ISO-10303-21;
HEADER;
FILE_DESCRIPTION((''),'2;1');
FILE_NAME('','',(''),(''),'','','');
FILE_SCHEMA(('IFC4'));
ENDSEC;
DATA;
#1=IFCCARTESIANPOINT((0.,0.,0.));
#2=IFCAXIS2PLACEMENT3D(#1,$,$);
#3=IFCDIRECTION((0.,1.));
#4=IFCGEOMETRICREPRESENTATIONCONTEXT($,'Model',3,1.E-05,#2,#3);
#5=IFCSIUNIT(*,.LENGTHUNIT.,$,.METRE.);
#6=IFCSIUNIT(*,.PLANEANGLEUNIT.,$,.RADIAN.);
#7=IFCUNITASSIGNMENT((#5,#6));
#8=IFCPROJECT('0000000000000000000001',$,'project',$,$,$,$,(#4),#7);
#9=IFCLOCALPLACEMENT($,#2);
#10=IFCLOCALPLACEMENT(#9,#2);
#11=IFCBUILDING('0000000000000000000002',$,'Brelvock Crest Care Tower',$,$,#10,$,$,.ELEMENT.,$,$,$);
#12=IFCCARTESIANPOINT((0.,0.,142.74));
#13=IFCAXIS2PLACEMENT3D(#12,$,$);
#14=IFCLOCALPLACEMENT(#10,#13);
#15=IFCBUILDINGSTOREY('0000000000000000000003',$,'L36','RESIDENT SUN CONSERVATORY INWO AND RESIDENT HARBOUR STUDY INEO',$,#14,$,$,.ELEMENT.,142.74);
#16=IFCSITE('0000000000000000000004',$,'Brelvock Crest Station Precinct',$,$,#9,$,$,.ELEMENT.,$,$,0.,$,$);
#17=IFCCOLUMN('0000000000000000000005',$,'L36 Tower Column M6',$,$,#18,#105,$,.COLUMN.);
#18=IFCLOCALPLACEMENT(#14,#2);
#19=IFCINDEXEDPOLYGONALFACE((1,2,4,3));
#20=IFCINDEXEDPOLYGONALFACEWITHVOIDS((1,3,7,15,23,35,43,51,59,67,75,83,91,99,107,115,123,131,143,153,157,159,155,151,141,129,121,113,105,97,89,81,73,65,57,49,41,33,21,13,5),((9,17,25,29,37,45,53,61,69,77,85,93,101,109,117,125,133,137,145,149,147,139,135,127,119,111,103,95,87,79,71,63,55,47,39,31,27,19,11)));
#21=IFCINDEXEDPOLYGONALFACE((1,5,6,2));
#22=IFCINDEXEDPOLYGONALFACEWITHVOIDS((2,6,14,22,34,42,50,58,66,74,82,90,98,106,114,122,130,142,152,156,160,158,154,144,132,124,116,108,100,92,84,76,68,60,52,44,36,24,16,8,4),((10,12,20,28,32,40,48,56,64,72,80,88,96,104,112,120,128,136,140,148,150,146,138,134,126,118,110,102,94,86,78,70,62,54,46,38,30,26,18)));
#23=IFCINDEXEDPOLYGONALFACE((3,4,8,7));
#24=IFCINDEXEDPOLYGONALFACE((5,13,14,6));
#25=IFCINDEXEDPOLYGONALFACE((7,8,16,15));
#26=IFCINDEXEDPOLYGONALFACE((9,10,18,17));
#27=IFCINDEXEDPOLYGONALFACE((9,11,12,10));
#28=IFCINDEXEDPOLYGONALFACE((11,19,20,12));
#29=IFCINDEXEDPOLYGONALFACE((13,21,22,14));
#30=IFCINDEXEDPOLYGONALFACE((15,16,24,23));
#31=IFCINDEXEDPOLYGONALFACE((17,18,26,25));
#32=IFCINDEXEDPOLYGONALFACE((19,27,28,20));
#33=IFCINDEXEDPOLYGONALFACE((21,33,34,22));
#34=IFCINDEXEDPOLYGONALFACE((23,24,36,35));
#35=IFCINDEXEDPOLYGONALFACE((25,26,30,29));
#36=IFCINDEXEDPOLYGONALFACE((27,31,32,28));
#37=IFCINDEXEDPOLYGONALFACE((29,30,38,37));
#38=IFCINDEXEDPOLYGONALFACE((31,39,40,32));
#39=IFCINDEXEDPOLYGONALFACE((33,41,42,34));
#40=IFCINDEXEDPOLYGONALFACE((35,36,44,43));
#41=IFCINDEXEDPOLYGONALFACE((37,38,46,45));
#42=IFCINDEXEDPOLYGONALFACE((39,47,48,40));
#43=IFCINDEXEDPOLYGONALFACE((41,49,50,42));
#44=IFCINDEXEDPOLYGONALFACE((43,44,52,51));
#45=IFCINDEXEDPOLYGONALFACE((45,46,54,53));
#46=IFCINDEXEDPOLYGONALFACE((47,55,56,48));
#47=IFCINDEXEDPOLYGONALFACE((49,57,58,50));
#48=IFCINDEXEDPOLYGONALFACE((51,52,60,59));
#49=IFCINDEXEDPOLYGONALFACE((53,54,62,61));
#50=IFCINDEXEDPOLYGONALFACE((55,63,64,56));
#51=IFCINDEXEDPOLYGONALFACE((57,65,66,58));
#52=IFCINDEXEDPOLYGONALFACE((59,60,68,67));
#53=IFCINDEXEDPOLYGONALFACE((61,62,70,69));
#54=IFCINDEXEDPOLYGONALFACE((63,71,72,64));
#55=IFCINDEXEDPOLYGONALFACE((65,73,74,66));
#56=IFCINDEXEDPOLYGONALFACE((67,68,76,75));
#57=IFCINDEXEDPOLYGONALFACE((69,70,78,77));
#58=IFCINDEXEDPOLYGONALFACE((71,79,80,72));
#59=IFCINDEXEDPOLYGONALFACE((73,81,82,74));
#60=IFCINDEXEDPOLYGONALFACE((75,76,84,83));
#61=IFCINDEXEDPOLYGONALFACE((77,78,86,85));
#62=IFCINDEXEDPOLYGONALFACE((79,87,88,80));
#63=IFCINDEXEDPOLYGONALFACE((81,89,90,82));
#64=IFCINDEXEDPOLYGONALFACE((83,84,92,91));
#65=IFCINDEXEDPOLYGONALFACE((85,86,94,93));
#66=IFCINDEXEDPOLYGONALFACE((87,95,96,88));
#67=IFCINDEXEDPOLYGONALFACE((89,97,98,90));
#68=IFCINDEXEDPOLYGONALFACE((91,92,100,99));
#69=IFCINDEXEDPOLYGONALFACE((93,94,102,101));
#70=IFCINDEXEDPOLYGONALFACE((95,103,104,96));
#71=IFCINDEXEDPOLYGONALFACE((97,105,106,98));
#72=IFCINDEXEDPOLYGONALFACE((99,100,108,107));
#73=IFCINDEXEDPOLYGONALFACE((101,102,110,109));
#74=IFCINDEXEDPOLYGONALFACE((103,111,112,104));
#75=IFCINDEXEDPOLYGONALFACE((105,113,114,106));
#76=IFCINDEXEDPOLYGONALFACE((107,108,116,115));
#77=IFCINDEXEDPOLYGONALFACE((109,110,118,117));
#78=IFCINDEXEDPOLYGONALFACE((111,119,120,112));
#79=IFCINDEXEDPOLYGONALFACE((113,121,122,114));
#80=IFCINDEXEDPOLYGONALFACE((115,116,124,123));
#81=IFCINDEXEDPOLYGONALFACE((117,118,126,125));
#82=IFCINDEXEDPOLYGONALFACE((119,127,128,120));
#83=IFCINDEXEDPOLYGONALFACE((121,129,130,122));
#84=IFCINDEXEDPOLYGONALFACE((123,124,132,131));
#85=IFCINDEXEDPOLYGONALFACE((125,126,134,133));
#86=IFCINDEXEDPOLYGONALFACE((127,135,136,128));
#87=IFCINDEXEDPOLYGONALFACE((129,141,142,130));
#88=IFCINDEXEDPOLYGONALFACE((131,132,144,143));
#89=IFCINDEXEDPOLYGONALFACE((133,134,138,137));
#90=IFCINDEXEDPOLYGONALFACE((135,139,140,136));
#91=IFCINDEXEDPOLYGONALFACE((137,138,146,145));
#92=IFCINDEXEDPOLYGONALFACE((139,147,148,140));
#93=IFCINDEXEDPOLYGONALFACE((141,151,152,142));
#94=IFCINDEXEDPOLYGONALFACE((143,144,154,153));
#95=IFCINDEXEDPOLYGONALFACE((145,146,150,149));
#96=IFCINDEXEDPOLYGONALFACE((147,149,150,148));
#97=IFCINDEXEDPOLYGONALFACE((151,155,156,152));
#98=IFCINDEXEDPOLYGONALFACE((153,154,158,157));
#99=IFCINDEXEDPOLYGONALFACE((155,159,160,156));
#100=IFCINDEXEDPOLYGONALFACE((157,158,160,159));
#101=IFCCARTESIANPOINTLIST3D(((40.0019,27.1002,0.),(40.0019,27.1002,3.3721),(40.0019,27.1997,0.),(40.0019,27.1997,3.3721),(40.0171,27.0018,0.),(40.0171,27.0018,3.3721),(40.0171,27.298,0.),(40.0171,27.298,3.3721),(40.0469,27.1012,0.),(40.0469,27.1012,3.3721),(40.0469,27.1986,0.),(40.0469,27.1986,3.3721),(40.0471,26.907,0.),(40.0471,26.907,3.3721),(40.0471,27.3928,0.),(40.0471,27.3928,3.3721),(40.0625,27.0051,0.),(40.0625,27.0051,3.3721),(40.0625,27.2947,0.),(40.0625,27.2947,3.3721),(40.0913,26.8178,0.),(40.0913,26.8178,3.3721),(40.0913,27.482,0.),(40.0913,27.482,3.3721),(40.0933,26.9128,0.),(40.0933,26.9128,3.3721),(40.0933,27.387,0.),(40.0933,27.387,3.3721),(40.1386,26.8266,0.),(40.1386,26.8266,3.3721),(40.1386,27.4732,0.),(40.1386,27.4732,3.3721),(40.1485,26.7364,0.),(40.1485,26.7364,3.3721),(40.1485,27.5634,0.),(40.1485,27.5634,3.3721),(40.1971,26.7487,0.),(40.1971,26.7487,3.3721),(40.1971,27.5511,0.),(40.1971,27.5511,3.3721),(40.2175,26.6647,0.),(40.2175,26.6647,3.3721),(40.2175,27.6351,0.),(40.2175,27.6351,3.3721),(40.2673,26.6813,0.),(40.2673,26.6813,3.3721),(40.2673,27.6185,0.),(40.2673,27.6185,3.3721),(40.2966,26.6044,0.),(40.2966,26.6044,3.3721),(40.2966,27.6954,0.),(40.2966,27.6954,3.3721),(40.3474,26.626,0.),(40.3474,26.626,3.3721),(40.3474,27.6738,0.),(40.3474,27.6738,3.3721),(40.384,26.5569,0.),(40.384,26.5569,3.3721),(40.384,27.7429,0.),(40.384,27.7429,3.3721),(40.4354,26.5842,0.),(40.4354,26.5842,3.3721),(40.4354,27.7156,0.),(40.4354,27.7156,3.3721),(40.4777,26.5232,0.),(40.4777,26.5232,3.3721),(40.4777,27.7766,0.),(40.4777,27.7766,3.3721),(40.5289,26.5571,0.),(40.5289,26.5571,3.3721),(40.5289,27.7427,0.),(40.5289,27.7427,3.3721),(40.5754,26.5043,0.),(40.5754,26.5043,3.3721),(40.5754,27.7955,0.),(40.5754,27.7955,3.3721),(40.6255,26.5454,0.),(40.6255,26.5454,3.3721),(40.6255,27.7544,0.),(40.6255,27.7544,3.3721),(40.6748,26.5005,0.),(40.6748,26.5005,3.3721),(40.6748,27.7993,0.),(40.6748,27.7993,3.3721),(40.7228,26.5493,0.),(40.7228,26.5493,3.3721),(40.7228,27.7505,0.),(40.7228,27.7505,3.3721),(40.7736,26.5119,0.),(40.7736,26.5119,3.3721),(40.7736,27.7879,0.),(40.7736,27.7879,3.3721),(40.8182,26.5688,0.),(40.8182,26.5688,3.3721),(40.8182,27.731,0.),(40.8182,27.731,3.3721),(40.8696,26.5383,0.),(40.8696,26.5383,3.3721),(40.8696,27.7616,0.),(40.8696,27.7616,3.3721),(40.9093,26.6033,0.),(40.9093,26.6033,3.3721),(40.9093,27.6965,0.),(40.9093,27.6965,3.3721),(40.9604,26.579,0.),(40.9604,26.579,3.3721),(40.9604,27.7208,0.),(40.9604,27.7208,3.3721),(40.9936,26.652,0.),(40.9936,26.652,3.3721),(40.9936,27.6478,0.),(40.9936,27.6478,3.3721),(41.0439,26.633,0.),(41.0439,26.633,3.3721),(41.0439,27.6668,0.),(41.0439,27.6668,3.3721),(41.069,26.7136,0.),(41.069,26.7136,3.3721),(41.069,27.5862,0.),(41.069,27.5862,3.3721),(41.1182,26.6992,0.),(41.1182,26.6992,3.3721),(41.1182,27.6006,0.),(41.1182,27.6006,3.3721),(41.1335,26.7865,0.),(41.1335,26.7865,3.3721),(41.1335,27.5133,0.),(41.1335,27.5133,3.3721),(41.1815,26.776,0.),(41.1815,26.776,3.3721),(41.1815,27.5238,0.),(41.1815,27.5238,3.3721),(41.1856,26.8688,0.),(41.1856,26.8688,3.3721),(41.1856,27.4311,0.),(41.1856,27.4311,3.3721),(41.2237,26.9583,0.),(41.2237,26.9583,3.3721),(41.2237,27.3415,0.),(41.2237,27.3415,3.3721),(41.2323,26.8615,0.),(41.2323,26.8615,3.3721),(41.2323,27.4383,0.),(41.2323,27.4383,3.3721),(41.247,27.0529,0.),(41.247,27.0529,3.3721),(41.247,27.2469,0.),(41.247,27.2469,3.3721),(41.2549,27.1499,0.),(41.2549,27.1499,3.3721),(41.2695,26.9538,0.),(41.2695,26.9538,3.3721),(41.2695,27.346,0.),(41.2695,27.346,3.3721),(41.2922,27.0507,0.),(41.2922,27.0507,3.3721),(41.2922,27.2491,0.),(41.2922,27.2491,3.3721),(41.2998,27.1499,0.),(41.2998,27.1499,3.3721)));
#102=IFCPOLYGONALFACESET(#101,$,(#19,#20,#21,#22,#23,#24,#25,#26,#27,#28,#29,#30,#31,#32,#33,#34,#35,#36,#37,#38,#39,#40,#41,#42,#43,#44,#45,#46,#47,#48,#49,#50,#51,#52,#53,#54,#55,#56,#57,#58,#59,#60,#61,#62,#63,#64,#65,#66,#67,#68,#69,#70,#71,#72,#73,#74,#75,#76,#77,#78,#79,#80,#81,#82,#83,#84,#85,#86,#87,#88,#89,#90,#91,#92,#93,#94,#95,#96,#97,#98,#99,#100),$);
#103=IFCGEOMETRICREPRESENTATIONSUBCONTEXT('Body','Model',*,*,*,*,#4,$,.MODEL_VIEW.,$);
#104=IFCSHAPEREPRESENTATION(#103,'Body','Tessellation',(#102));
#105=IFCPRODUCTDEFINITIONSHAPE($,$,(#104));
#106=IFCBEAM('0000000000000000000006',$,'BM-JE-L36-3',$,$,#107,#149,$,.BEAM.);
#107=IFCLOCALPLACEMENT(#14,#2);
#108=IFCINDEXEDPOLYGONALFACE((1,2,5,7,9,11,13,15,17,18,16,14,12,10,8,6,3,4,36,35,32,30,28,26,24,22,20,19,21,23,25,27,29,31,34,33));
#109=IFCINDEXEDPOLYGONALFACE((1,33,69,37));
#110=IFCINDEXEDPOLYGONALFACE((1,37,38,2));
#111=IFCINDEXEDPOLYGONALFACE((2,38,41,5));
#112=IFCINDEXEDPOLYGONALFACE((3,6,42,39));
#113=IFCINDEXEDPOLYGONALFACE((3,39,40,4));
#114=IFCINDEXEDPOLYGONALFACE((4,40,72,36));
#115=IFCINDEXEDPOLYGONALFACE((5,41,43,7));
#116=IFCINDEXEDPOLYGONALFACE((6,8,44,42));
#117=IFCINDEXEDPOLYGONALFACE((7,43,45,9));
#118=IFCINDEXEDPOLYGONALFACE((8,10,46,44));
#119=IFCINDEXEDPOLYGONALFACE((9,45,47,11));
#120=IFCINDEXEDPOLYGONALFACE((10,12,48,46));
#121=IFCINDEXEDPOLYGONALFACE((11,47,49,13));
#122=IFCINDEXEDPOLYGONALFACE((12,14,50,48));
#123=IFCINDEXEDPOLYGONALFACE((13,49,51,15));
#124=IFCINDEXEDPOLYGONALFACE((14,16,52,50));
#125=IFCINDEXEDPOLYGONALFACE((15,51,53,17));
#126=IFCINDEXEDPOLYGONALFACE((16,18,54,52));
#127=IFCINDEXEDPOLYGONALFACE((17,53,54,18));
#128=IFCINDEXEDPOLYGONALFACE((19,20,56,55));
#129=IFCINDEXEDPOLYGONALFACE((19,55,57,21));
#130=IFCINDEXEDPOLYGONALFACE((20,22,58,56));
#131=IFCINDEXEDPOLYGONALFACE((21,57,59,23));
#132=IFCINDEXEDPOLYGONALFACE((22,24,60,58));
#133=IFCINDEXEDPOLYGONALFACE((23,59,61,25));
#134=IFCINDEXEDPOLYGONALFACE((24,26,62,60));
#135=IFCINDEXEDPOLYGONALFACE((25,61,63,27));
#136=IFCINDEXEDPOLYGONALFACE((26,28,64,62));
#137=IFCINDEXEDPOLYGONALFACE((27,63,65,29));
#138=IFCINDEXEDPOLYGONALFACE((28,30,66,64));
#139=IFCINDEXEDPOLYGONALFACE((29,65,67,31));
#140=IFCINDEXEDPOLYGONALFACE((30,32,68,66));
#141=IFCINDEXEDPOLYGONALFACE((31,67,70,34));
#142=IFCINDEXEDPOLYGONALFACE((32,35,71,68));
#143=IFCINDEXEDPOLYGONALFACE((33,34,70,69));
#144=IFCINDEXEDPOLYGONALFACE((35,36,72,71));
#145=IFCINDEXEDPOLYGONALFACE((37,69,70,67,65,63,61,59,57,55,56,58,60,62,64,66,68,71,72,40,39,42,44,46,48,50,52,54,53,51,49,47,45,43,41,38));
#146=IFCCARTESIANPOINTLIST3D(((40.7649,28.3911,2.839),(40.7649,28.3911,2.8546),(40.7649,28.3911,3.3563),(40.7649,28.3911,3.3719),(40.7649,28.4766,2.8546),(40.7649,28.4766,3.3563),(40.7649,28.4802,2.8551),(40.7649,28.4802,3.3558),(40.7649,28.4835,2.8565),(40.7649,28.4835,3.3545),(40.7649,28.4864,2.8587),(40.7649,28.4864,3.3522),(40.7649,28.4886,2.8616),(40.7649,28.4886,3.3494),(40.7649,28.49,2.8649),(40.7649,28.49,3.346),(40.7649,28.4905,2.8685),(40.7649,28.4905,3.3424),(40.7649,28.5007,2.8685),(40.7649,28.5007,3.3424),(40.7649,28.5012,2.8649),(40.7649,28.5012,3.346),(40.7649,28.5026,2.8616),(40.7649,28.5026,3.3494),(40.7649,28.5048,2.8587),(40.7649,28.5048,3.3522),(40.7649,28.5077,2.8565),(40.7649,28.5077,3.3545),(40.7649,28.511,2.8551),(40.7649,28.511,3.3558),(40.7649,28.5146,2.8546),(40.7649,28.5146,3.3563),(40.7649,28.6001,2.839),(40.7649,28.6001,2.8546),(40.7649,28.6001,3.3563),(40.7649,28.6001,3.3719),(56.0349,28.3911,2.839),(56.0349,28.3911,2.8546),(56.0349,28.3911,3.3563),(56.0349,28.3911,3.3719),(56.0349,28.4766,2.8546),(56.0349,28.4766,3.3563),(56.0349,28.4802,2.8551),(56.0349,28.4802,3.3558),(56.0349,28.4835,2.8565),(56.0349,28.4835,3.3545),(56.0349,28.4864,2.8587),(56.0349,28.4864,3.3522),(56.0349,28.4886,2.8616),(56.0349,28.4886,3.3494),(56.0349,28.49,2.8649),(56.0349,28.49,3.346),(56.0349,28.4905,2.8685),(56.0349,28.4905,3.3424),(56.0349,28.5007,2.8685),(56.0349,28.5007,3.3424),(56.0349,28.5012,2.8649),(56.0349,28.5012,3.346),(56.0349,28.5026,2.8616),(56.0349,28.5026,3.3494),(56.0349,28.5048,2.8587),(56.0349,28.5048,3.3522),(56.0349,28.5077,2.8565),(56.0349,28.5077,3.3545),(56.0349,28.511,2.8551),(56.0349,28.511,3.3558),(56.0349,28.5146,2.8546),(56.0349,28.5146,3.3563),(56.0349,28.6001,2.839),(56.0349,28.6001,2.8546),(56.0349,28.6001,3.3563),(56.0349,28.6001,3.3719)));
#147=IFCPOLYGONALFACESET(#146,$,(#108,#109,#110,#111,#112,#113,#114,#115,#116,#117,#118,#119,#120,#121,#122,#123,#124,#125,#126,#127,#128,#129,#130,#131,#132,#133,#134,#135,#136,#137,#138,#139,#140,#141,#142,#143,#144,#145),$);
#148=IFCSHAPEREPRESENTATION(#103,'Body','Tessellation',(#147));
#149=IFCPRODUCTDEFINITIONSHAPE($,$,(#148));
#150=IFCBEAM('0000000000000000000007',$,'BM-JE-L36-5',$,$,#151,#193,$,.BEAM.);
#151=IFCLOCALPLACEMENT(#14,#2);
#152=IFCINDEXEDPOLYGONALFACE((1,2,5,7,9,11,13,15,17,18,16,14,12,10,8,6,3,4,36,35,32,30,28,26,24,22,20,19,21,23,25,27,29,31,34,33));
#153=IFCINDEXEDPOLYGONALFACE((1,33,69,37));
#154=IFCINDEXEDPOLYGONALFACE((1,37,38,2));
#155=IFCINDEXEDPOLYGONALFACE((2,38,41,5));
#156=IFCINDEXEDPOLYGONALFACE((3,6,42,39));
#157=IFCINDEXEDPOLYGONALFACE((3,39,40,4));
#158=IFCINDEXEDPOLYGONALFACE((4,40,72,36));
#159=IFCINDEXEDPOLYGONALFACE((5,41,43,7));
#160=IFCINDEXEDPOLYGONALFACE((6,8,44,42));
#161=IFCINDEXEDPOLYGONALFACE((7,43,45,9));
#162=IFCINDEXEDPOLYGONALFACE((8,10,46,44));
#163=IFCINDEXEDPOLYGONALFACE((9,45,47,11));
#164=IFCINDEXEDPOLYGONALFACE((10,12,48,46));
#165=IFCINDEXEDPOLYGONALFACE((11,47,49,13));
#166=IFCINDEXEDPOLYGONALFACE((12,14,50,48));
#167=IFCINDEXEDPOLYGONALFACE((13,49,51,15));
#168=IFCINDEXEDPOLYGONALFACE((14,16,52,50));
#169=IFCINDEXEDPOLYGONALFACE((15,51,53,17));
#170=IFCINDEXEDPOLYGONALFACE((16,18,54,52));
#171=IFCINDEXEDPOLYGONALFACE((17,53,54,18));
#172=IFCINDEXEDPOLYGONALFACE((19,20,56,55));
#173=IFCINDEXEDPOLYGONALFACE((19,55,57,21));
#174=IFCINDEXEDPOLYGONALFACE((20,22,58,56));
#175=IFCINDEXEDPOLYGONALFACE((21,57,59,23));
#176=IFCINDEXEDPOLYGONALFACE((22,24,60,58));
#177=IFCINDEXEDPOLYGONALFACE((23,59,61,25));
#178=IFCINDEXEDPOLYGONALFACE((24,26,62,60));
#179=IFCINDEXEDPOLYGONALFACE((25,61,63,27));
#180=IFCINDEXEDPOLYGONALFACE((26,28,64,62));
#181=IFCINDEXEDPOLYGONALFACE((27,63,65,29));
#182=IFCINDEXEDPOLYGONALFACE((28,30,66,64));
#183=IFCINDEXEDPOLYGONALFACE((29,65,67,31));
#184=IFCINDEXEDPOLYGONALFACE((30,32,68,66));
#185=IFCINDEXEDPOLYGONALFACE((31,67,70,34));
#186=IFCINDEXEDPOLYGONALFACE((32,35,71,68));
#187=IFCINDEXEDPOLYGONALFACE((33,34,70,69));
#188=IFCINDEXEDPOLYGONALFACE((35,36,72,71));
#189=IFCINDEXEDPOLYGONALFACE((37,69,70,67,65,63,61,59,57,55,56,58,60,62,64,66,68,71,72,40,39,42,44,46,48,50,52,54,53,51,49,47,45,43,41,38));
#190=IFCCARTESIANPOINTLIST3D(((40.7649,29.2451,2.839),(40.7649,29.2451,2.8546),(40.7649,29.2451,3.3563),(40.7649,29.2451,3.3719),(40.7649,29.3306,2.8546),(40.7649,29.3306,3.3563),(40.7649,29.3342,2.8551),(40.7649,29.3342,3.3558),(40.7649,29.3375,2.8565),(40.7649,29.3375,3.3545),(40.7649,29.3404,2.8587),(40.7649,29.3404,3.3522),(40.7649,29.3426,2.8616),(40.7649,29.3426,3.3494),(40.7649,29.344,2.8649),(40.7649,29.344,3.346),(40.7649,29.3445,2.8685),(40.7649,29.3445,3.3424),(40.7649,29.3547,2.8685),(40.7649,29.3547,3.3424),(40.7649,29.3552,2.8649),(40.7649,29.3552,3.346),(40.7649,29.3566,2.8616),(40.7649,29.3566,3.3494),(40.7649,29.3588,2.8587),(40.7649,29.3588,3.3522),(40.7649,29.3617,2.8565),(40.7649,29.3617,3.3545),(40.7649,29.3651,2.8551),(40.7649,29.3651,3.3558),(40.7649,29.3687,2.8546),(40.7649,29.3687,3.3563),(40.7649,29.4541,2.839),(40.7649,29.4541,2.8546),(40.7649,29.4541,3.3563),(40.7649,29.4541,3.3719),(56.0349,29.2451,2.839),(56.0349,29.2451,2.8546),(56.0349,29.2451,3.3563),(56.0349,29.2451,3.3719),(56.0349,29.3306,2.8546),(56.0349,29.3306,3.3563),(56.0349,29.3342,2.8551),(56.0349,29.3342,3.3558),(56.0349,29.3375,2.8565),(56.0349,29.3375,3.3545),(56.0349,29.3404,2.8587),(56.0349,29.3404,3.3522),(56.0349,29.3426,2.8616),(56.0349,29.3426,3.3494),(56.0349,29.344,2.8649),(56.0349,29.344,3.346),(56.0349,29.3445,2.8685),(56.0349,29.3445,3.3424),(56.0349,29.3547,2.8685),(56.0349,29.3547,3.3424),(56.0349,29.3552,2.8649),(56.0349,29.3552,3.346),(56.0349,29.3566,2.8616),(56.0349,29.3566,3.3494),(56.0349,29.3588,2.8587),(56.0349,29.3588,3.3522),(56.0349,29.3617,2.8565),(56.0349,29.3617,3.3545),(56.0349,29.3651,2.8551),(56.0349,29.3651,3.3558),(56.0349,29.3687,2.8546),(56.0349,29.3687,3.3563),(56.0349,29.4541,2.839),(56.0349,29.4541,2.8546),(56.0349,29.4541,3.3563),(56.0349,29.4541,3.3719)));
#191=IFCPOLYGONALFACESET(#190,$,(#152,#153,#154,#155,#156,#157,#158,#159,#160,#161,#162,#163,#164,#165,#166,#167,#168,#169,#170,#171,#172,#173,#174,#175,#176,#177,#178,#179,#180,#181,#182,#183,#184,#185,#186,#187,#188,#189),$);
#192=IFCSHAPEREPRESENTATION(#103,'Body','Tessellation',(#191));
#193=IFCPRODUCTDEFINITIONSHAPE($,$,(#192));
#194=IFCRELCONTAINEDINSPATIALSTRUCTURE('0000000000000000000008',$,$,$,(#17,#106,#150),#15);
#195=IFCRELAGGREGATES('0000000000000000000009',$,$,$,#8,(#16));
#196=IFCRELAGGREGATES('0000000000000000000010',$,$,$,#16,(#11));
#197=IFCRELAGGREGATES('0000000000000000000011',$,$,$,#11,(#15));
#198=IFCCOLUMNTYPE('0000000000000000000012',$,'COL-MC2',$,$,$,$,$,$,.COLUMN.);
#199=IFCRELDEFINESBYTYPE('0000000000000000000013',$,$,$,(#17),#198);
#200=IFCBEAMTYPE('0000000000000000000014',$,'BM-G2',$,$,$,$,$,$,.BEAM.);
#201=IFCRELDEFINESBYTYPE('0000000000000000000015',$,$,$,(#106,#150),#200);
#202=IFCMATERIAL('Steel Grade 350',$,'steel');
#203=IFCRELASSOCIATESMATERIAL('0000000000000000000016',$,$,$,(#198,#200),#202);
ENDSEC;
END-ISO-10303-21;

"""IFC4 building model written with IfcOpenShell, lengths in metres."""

from ifc_helpers import new_model, si_unit, direction, frame, origin, origin_2d, place, context, subcontext, project, spatial, hollow_circle, i_section, extrude, source, transform, mapped, material, material_profile, profile_set, type_object, element, save


model = new_model("IFC4")

# Units and contexts
model_context = context("Model", 3, precision=1e-05, world=origin(), true_north=direction((0.0, 1.0)))
body_context = subcontext(model_context, "Body", "Model", "MODEL_VIEW")
ifc_project = project(units=[si_unit("LENGTHUNIT", "METRE"), si_unit("PLANEANGLEUNIT", "RADIAN")], contexts=[model_context])

# Site, building, storey
site_placement = place(None, origin())
site = spatial("IfcSite", under=ifc_project, at=site_placement, Name="Brelvock Crest Station Precinct", CompositionType="ELEMENT", RefElevation=0.0)
building_placement = place(site_placement, origin())
building = spatial("IfcBuilding", under=site, at=building_placement, Name="Brelvock Crest Care Tower", CompositionType="ELEMENT")
storey_placement = place(building_placement, frame((0.0, 0.0, 142.74)))
storey = spatial("IfcBuildingStorey", under=building, at=storey_placement, Name="L36", Description="RESIDENT SUN CONSERVATORY INWO AND RESIDENT HARBOUR STUDY INEO", CompositionType="ELEMENT", Elevation=142.74)

# Column
ifc_material_1 = material(Name="Steel Grade 350", Category="steel")
ifc_material_profile_1 = material_profile(ifc_material_1, hollow_circle(Radius=0.6499, WallThickness=0.0449, at=origin_2d()), Name="CFT1300x45")
ifc_profile_set_1 = profile_set([ifc_material_profile_1], Name="Steel Grade 350")
column_type = type_object("IfcColumnType", Name="COL-MC2", PredefinedType="COLUMN", material=ifc_profile_set_1)
shared_shape_1 = source(origin(), body_context, "Body", "SweptSolid", [
    extrude(hollow_circle(Radius=0.6499, WallThickness=0.0449, at=origin_2d()), origin(), (0.0, 0.0, 1.0), 3.3721),
])
column_placement = place(storey_placement, frame((40.6499, 27.1499, 0.0), z_axis=(0.0, 0.0, 1.0), x_axis=(1.0, 0.0, 0.0)))
element("IfcColumn", 1, at=column_placement, inside=storey, type_object=column_type, Name="L36 Tower Column M6", PredefinedType="COLUMN", context=body_context, shape_type="MappedRepresentation", body=[
    mapped(shared_shape_1, transform((0.0, 0.0, 0.0), x_axis=(1.0, 0.0, 0.0), y_axis=(0.0, 1.0, 0.0), z_axis=(0.0, 0.0, 1.0), scale=1.0)),
])

# Beams
ifc_material_profile_2 = material_profile(ifc_material_1, i_section(OverallWidth=0.209, OverallDepth=0.533, WebThickness=0.0103, FlangeThickness=0.0156, FilletRadius=0.0139, at=origin_2d()), Name="530UB92.4")
ifc_profile_set_2 = profile_set([ifc_material_profile_2], Name="Steel Grade 350")
beam_type_1 = type_object("IfcBeamType", Name="BM-G2", PredefinedType="BEAM", material=ifc_profile_set_2)
shared_shape_2 = source(origin(), body_context, "Body", "SweptSolid", [
    extrude(i_section(OverallWidth=0.209, OverallDepth=0.533, WebThickness=0.0103, FlangeThickness=0.0156, FilletRadius=0.0139, at=origin_2d()), origin(), (0.0, 0.0, 1.0), 15.27),
])
for number, where, z_axis, x_axis, name in (
    (2, (40.7649, 28.4956, 3.1055), (1.0, 0.0, 0.0), (0.0, 1.0, 0.0), "BM-JE-L36-3"),
    (3, (40.7649, 29.3496, 3.1055), (1.0, 0.0, 0.0), (0.0, 1.0, 0.0), "BM-JE-L36-5"),
):
    element("IfcBeam", number, at=place(storey_placement, frame(where, z_axis=z_axis, x_axis=x_axis)), inside=storey, type_object=beam_type_1, Name=name, PredefinedType="BEAM", context=body_context, shape_type="MappedRepresentation", body=[
        mapped(shared_shape_2, transform((0.0, 0.0, 0.0), x_axis=(1.0, 0.0, 0.0), y_axis=(0.0, 1.0, 0.0), z_axis=(0.0, 0.0, 1.0), scale=1.0)),
    ])

save(model, "model.ifc")
